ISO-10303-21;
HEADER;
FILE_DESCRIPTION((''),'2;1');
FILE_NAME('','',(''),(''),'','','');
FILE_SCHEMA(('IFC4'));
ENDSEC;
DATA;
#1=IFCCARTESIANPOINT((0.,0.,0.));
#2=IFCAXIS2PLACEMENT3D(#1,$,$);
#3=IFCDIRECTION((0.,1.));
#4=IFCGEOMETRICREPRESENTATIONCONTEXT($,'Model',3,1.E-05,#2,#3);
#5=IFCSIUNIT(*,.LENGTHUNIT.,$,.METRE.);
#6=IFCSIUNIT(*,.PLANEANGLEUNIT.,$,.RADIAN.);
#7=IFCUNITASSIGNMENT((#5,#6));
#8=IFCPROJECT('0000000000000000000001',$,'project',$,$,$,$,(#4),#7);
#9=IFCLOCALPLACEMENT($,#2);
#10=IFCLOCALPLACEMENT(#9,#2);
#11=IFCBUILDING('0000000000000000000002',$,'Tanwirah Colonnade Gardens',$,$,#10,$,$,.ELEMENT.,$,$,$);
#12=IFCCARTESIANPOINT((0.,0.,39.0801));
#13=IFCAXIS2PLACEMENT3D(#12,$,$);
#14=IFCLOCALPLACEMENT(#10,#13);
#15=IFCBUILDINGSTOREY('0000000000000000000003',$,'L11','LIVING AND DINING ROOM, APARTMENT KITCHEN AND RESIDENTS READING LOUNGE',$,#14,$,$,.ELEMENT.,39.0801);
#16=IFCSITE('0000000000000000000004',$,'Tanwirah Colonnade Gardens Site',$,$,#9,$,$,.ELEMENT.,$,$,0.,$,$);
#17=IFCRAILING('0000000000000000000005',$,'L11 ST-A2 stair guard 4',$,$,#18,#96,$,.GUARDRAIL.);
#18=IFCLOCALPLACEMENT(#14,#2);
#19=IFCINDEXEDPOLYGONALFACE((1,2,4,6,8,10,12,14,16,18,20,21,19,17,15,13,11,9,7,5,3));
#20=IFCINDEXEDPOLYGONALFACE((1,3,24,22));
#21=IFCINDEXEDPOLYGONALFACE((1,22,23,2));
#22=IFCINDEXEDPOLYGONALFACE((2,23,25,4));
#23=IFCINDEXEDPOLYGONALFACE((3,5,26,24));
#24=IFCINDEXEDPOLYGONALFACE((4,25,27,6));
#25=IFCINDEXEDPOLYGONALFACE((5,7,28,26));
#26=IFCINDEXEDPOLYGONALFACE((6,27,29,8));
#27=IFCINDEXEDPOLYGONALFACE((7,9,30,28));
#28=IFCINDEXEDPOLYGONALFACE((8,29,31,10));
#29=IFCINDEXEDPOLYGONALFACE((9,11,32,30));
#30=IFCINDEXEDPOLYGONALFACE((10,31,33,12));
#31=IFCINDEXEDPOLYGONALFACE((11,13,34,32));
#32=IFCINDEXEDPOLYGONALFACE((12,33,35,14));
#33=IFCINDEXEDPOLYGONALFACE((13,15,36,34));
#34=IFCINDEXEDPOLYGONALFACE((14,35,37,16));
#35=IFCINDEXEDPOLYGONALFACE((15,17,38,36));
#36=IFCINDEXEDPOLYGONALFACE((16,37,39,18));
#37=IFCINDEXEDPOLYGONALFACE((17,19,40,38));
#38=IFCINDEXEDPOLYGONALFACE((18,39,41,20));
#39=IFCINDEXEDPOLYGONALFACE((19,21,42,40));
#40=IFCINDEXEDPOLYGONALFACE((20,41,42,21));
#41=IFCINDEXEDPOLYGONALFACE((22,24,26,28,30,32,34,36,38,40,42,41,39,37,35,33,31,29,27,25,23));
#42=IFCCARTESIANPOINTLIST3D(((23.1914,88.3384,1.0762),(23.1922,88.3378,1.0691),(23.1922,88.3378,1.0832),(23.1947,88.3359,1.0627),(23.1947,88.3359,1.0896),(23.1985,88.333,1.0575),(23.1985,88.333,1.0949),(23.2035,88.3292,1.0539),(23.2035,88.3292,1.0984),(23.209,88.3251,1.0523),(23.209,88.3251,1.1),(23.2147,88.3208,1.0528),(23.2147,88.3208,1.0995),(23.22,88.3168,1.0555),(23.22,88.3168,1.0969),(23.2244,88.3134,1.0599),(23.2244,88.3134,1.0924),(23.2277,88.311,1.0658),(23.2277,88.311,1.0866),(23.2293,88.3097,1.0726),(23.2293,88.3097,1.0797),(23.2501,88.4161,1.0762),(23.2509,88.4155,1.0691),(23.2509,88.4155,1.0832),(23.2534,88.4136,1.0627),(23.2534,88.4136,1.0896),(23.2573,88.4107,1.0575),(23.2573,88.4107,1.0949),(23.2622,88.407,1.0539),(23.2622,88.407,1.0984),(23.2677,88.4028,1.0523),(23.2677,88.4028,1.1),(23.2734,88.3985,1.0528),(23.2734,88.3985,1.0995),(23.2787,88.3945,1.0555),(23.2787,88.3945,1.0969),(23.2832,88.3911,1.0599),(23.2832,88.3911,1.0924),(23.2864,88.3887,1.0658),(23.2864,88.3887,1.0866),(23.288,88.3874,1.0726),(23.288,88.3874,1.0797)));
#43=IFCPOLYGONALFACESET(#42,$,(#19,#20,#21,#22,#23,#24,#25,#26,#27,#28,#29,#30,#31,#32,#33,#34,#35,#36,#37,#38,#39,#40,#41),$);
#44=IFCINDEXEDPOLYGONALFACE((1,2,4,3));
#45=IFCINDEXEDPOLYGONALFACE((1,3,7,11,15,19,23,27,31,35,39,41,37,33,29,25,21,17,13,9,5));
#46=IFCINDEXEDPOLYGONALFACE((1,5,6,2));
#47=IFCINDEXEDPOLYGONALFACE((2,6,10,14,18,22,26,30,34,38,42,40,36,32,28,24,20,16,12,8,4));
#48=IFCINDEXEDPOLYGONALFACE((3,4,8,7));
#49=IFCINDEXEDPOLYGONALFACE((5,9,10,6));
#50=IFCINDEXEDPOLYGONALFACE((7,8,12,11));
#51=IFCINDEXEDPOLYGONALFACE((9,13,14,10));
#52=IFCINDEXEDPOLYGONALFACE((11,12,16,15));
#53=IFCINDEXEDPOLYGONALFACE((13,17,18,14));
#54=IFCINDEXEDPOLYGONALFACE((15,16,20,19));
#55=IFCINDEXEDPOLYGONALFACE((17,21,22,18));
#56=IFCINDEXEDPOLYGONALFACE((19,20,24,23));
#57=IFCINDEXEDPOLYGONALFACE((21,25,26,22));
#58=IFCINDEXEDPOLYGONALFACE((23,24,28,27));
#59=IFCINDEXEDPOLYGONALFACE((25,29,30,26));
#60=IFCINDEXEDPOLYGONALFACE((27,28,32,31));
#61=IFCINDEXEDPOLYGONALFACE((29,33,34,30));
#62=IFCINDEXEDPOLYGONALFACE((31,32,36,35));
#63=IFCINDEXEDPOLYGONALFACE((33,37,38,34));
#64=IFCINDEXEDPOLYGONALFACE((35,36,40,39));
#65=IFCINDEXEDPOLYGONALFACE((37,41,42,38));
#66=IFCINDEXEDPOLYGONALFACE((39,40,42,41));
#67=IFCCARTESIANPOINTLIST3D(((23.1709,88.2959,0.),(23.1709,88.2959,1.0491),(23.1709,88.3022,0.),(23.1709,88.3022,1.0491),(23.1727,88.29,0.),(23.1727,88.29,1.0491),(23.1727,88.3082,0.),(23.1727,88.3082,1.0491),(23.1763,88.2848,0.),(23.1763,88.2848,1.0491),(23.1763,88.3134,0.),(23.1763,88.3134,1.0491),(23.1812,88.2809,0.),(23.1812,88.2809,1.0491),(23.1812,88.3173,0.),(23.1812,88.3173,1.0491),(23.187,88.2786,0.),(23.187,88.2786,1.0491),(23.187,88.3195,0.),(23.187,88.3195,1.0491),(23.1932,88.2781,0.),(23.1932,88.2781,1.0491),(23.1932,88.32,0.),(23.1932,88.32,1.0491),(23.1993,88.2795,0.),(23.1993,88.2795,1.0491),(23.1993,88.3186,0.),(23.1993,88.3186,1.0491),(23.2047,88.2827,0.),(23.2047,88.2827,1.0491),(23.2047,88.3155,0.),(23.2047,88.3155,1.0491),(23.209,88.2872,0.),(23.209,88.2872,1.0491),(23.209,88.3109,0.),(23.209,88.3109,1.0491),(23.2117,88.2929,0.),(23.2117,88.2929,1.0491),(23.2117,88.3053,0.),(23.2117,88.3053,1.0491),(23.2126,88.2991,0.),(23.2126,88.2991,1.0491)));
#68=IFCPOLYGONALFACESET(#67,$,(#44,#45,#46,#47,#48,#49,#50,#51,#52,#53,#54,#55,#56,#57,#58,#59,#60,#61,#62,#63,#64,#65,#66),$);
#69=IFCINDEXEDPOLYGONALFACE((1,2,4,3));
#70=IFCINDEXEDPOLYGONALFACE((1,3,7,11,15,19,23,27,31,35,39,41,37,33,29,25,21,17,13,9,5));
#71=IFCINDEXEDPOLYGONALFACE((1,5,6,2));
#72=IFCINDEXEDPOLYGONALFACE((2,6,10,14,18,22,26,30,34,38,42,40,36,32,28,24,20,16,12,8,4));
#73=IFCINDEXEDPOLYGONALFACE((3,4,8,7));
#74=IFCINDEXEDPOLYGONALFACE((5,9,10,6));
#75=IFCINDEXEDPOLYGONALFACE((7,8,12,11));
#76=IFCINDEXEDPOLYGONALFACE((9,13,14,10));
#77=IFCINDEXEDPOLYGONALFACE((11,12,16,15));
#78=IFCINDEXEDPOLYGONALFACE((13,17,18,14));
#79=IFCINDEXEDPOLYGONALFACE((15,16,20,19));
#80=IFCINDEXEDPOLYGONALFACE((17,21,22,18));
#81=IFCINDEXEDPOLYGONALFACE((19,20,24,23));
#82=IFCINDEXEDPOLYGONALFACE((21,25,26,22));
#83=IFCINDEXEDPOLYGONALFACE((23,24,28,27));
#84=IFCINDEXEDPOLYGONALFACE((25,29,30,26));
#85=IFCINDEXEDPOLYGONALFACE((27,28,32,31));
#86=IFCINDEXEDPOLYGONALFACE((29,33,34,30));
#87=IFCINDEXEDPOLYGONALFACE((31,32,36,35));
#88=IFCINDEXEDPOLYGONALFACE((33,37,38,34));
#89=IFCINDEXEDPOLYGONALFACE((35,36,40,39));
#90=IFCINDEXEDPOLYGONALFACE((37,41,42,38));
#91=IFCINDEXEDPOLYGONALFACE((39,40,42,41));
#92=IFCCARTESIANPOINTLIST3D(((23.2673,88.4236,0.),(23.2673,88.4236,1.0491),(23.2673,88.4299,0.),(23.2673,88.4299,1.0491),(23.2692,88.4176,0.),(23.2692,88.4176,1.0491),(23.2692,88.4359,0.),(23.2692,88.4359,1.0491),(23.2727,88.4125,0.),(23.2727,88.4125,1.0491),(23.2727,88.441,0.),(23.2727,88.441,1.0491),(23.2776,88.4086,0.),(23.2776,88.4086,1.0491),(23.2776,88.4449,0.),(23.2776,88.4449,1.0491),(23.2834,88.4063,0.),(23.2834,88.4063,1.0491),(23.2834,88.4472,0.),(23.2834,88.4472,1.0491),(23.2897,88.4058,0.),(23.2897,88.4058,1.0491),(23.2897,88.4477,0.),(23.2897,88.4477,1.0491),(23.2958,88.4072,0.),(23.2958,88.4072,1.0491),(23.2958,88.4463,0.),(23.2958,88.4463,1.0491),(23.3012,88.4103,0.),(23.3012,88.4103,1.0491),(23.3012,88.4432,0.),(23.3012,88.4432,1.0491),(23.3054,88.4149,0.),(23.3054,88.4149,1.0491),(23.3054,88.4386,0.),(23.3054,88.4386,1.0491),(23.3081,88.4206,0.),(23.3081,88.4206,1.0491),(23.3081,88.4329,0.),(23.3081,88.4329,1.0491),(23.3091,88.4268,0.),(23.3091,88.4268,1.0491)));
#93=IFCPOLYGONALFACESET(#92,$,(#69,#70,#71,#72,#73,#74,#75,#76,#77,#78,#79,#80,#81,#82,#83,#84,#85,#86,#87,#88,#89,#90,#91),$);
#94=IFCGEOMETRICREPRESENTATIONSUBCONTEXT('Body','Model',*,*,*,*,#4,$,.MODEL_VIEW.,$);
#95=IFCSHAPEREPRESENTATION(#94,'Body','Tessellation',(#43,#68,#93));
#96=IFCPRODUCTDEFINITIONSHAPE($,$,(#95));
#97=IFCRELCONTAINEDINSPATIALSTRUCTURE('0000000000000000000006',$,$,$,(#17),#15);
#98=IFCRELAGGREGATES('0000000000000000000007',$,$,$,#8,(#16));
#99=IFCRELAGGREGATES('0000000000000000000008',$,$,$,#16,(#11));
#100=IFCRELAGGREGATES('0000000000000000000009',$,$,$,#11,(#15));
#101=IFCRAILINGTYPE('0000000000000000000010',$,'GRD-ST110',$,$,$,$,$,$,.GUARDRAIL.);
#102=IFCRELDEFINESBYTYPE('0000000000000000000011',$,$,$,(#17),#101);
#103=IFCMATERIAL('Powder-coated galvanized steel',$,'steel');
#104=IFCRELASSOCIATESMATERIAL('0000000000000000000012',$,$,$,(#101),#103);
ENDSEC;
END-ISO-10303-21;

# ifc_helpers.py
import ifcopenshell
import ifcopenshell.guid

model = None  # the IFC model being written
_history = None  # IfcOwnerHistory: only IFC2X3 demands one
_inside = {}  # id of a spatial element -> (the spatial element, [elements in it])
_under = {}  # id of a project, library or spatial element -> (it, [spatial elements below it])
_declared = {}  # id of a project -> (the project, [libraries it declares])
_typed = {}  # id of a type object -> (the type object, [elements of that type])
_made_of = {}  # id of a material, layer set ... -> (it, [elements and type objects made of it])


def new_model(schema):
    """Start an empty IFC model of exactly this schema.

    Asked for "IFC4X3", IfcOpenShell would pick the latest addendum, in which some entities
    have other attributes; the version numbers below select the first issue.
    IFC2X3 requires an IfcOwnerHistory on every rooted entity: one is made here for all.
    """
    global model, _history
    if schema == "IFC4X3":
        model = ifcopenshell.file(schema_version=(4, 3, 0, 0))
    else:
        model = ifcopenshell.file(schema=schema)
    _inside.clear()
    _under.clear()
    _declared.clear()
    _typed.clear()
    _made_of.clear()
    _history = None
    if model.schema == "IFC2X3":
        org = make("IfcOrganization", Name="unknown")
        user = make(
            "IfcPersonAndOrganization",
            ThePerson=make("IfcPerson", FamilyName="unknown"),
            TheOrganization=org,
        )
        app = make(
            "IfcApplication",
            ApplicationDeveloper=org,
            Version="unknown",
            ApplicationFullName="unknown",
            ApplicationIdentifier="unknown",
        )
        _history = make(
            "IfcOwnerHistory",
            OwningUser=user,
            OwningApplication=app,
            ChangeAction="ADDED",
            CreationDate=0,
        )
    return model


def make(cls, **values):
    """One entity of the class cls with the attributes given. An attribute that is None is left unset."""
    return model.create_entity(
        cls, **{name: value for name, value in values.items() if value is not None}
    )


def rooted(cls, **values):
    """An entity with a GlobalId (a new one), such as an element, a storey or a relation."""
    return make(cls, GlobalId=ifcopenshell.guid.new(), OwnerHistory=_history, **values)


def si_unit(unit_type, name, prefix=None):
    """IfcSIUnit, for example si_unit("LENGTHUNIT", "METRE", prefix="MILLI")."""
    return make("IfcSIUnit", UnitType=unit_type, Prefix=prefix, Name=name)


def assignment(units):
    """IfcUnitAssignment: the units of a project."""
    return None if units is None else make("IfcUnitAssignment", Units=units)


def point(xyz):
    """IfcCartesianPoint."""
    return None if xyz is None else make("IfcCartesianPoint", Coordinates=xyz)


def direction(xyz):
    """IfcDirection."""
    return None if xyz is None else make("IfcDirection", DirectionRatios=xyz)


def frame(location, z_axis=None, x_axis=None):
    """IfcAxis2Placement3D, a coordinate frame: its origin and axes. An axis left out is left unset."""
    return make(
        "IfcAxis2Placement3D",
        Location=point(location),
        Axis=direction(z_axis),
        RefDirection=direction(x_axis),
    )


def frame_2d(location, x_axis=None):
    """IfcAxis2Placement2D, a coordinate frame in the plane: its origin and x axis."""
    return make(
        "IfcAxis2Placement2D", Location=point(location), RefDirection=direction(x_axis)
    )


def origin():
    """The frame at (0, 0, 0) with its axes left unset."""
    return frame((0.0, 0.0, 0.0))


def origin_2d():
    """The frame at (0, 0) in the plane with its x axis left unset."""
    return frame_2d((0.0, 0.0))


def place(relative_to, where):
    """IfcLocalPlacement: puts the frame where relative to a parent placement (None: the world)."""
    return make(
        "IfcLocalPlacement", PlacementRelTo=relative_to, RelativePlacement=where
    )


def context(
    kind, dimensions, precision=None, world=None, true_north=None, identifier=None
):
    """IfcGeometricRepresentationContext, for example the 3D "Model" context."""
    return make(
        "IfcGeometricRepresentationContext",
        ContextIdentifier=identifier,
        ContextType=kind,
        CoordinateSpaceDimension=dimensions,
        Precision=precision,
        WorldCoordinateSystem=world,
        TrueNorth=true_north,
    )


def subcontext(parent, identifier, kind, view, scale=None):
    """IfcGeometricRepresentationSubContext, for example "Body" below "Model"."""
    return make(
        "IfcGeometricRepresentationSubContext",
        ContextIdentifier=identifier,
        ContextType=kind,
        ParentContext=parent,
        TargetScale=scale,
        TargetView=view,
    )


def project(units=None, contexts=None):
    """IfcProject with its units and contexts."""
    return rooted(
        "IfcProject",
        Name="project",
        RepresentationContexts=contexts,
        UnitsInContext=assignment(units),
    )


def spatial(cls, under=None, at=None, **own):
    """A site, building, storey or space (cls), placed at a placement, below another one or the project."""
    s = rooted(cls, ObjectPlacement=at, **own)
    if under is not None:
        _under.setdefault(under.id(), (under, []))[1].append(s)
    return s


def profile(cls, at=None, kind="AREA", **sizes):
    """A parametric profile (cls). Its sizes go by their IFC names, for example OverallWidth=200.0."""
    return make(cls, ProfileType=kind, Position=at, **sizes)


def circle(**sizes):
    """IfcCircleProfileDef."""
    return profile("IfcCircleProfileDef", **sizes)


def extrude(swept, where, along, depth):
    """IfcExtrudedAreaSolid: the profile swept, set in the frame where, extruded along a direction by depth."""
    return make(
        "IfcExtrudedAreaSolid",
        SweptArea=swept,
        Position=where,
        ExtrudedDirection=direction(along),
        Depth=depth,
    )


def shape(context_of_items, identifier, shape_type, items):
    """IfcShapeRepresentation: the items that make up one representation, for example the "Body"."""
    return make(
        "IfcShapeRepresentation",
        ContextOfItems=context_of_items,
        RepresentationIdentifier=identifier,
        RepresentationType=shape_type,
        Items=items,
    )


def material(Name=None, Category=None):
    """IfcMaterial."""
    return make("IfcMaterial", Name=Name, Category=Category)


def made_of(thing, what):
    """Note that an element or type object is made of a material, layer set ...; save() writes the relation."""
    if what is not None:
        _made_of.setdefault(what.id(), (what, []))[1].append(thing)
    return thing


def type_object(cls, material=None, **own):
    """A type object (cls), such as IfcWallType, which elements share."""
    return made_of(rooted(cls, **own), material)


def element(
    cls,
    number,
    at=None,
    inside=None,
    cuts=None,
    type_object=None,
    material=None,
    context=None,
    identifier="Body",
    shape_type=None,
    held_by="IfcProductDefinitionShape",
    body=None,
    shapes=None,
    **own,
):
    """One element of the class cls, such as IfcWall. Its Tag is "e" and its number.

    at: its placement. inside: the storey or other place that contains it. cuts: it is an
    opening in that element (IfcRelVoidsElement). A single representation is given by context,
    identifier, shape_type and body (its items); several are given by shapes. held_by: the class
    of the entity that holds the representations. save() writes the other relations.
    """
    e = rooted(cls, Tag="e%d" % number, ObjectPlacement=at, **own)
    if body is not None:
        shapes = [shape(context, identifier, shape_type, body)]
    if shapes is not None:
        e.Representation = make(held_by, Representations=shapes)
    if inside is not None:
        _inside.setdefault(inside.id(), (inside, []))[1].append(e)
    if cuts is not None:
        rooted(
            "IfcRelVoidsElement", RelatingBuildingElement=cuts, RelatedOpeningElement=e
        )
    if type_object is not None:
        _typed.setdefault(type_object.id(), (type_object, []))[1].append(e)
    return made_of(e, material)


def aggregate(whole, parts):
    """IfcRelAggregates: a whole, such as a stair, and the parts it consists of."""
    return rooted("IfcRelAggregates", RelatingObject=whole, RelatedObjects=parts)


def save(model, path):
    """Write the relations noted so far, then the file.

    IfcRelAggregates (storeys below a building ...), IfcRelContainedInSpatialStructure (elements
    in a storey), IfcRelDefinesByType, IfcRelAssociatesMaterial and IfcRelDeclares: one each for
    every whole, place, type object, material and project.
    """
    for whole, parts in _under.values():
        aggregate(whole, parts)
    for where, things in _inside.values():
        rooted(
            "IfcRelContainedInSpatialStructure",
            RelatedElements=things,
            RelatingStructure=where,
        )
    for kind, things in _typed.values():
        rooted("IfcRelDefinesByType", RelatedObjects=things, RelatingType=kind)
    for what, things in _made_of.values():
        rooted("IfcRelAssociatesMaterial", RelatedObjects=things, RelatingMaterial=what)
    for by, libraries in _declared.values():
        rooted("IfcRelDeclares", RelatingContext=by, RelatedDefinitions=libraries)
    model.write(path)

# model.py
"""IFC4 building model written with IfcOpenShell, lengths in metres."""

from ifc_helpers import new_model, si_unit, direction, frame, origin, origin_2d, place, context, subcontext, project, spatial, circle, extrude, material, type_object, element, save


model = new_model("IFC4")

# Units and contexts
model_context = context("Model", 3, precision=1e-05, world=origin(), true_north=direction((0.0, 1.0)))
body_context = subcontext(model_context, "Body", "Model", "MODEL_VIEW")
ifc_project = project(units=[si_unit("LENGTHUNIT", "METRE"), si_unit("PLANEANGLEUNIT", "RADIAN")], contexts=[model_context])

# Site, building, storey
site_placement = place(None, origin())
site = spatial("IfcSite", under=ifc_project, at=site_placement, Name="Tanwirah Colonnade Gardens Site", CompositionType="ELEMENT", RefElevation=0.0)
building_placement = place(site_placement, origin())
building = spatial("IfcBuilding", under=site, at=building_placement, Name="Tanwirah Colonnade Gardens", CompositionType="ELEMENT")
storey_placement = place(building_placement, frame((0.0, 0.0, 39.0801)))
storey = spatial("IfcBuildingStorey", under=building, at=storey_placement, Name="L11", Description="LIVING AND DINING ROOM, APARTMENT KITCHEN AND RESIDENTS READING LOUNGE", CompositionType="ELEMENT", Elevation=39.0801)

# Railing
ifc_material_1 = material(Name="Powder-coated galvanized steel", Category="steel")
railing_type = type_object("IfcRailingType", Name="GRD-ST110", PredefinedType="GUARDRAIL", material=ifc_material_1)
railing_1_placement = place(storey_placement, frame((23.1917, 88.2991, 0.0)))
element("IfcRailing", 1, at=railing_1_placement, inside=storey, type_object=railing_type, Name="L11 ST-A2 stair guard 4", PredefinedType="GUARDRAIL", context=body_context, shape_type="SweptSolid", body=[
    extrude(circle(Radius=0.0239, at=origin_2d()), frame((0.0188, 0.0249, 1.0762), z_axis=(0.602682, 0.797981, 0.0), x_axis=(-0.797981, 0.602682, 0.0)), (0.0, 0.0, 1.0), 0.0974),
    extrude(circle(Radius=0.021, at=origin_2d()), origin(), (0.0, 0.0, 1.0), 1.0491),
    extrude(circle(Radius=0.021, at=origin_2d()), frame((0.0964, 0.1277, 0.0)), (0.0, 0.0, 1.0), 1.0491),
])

save(model, "model.ifc")
